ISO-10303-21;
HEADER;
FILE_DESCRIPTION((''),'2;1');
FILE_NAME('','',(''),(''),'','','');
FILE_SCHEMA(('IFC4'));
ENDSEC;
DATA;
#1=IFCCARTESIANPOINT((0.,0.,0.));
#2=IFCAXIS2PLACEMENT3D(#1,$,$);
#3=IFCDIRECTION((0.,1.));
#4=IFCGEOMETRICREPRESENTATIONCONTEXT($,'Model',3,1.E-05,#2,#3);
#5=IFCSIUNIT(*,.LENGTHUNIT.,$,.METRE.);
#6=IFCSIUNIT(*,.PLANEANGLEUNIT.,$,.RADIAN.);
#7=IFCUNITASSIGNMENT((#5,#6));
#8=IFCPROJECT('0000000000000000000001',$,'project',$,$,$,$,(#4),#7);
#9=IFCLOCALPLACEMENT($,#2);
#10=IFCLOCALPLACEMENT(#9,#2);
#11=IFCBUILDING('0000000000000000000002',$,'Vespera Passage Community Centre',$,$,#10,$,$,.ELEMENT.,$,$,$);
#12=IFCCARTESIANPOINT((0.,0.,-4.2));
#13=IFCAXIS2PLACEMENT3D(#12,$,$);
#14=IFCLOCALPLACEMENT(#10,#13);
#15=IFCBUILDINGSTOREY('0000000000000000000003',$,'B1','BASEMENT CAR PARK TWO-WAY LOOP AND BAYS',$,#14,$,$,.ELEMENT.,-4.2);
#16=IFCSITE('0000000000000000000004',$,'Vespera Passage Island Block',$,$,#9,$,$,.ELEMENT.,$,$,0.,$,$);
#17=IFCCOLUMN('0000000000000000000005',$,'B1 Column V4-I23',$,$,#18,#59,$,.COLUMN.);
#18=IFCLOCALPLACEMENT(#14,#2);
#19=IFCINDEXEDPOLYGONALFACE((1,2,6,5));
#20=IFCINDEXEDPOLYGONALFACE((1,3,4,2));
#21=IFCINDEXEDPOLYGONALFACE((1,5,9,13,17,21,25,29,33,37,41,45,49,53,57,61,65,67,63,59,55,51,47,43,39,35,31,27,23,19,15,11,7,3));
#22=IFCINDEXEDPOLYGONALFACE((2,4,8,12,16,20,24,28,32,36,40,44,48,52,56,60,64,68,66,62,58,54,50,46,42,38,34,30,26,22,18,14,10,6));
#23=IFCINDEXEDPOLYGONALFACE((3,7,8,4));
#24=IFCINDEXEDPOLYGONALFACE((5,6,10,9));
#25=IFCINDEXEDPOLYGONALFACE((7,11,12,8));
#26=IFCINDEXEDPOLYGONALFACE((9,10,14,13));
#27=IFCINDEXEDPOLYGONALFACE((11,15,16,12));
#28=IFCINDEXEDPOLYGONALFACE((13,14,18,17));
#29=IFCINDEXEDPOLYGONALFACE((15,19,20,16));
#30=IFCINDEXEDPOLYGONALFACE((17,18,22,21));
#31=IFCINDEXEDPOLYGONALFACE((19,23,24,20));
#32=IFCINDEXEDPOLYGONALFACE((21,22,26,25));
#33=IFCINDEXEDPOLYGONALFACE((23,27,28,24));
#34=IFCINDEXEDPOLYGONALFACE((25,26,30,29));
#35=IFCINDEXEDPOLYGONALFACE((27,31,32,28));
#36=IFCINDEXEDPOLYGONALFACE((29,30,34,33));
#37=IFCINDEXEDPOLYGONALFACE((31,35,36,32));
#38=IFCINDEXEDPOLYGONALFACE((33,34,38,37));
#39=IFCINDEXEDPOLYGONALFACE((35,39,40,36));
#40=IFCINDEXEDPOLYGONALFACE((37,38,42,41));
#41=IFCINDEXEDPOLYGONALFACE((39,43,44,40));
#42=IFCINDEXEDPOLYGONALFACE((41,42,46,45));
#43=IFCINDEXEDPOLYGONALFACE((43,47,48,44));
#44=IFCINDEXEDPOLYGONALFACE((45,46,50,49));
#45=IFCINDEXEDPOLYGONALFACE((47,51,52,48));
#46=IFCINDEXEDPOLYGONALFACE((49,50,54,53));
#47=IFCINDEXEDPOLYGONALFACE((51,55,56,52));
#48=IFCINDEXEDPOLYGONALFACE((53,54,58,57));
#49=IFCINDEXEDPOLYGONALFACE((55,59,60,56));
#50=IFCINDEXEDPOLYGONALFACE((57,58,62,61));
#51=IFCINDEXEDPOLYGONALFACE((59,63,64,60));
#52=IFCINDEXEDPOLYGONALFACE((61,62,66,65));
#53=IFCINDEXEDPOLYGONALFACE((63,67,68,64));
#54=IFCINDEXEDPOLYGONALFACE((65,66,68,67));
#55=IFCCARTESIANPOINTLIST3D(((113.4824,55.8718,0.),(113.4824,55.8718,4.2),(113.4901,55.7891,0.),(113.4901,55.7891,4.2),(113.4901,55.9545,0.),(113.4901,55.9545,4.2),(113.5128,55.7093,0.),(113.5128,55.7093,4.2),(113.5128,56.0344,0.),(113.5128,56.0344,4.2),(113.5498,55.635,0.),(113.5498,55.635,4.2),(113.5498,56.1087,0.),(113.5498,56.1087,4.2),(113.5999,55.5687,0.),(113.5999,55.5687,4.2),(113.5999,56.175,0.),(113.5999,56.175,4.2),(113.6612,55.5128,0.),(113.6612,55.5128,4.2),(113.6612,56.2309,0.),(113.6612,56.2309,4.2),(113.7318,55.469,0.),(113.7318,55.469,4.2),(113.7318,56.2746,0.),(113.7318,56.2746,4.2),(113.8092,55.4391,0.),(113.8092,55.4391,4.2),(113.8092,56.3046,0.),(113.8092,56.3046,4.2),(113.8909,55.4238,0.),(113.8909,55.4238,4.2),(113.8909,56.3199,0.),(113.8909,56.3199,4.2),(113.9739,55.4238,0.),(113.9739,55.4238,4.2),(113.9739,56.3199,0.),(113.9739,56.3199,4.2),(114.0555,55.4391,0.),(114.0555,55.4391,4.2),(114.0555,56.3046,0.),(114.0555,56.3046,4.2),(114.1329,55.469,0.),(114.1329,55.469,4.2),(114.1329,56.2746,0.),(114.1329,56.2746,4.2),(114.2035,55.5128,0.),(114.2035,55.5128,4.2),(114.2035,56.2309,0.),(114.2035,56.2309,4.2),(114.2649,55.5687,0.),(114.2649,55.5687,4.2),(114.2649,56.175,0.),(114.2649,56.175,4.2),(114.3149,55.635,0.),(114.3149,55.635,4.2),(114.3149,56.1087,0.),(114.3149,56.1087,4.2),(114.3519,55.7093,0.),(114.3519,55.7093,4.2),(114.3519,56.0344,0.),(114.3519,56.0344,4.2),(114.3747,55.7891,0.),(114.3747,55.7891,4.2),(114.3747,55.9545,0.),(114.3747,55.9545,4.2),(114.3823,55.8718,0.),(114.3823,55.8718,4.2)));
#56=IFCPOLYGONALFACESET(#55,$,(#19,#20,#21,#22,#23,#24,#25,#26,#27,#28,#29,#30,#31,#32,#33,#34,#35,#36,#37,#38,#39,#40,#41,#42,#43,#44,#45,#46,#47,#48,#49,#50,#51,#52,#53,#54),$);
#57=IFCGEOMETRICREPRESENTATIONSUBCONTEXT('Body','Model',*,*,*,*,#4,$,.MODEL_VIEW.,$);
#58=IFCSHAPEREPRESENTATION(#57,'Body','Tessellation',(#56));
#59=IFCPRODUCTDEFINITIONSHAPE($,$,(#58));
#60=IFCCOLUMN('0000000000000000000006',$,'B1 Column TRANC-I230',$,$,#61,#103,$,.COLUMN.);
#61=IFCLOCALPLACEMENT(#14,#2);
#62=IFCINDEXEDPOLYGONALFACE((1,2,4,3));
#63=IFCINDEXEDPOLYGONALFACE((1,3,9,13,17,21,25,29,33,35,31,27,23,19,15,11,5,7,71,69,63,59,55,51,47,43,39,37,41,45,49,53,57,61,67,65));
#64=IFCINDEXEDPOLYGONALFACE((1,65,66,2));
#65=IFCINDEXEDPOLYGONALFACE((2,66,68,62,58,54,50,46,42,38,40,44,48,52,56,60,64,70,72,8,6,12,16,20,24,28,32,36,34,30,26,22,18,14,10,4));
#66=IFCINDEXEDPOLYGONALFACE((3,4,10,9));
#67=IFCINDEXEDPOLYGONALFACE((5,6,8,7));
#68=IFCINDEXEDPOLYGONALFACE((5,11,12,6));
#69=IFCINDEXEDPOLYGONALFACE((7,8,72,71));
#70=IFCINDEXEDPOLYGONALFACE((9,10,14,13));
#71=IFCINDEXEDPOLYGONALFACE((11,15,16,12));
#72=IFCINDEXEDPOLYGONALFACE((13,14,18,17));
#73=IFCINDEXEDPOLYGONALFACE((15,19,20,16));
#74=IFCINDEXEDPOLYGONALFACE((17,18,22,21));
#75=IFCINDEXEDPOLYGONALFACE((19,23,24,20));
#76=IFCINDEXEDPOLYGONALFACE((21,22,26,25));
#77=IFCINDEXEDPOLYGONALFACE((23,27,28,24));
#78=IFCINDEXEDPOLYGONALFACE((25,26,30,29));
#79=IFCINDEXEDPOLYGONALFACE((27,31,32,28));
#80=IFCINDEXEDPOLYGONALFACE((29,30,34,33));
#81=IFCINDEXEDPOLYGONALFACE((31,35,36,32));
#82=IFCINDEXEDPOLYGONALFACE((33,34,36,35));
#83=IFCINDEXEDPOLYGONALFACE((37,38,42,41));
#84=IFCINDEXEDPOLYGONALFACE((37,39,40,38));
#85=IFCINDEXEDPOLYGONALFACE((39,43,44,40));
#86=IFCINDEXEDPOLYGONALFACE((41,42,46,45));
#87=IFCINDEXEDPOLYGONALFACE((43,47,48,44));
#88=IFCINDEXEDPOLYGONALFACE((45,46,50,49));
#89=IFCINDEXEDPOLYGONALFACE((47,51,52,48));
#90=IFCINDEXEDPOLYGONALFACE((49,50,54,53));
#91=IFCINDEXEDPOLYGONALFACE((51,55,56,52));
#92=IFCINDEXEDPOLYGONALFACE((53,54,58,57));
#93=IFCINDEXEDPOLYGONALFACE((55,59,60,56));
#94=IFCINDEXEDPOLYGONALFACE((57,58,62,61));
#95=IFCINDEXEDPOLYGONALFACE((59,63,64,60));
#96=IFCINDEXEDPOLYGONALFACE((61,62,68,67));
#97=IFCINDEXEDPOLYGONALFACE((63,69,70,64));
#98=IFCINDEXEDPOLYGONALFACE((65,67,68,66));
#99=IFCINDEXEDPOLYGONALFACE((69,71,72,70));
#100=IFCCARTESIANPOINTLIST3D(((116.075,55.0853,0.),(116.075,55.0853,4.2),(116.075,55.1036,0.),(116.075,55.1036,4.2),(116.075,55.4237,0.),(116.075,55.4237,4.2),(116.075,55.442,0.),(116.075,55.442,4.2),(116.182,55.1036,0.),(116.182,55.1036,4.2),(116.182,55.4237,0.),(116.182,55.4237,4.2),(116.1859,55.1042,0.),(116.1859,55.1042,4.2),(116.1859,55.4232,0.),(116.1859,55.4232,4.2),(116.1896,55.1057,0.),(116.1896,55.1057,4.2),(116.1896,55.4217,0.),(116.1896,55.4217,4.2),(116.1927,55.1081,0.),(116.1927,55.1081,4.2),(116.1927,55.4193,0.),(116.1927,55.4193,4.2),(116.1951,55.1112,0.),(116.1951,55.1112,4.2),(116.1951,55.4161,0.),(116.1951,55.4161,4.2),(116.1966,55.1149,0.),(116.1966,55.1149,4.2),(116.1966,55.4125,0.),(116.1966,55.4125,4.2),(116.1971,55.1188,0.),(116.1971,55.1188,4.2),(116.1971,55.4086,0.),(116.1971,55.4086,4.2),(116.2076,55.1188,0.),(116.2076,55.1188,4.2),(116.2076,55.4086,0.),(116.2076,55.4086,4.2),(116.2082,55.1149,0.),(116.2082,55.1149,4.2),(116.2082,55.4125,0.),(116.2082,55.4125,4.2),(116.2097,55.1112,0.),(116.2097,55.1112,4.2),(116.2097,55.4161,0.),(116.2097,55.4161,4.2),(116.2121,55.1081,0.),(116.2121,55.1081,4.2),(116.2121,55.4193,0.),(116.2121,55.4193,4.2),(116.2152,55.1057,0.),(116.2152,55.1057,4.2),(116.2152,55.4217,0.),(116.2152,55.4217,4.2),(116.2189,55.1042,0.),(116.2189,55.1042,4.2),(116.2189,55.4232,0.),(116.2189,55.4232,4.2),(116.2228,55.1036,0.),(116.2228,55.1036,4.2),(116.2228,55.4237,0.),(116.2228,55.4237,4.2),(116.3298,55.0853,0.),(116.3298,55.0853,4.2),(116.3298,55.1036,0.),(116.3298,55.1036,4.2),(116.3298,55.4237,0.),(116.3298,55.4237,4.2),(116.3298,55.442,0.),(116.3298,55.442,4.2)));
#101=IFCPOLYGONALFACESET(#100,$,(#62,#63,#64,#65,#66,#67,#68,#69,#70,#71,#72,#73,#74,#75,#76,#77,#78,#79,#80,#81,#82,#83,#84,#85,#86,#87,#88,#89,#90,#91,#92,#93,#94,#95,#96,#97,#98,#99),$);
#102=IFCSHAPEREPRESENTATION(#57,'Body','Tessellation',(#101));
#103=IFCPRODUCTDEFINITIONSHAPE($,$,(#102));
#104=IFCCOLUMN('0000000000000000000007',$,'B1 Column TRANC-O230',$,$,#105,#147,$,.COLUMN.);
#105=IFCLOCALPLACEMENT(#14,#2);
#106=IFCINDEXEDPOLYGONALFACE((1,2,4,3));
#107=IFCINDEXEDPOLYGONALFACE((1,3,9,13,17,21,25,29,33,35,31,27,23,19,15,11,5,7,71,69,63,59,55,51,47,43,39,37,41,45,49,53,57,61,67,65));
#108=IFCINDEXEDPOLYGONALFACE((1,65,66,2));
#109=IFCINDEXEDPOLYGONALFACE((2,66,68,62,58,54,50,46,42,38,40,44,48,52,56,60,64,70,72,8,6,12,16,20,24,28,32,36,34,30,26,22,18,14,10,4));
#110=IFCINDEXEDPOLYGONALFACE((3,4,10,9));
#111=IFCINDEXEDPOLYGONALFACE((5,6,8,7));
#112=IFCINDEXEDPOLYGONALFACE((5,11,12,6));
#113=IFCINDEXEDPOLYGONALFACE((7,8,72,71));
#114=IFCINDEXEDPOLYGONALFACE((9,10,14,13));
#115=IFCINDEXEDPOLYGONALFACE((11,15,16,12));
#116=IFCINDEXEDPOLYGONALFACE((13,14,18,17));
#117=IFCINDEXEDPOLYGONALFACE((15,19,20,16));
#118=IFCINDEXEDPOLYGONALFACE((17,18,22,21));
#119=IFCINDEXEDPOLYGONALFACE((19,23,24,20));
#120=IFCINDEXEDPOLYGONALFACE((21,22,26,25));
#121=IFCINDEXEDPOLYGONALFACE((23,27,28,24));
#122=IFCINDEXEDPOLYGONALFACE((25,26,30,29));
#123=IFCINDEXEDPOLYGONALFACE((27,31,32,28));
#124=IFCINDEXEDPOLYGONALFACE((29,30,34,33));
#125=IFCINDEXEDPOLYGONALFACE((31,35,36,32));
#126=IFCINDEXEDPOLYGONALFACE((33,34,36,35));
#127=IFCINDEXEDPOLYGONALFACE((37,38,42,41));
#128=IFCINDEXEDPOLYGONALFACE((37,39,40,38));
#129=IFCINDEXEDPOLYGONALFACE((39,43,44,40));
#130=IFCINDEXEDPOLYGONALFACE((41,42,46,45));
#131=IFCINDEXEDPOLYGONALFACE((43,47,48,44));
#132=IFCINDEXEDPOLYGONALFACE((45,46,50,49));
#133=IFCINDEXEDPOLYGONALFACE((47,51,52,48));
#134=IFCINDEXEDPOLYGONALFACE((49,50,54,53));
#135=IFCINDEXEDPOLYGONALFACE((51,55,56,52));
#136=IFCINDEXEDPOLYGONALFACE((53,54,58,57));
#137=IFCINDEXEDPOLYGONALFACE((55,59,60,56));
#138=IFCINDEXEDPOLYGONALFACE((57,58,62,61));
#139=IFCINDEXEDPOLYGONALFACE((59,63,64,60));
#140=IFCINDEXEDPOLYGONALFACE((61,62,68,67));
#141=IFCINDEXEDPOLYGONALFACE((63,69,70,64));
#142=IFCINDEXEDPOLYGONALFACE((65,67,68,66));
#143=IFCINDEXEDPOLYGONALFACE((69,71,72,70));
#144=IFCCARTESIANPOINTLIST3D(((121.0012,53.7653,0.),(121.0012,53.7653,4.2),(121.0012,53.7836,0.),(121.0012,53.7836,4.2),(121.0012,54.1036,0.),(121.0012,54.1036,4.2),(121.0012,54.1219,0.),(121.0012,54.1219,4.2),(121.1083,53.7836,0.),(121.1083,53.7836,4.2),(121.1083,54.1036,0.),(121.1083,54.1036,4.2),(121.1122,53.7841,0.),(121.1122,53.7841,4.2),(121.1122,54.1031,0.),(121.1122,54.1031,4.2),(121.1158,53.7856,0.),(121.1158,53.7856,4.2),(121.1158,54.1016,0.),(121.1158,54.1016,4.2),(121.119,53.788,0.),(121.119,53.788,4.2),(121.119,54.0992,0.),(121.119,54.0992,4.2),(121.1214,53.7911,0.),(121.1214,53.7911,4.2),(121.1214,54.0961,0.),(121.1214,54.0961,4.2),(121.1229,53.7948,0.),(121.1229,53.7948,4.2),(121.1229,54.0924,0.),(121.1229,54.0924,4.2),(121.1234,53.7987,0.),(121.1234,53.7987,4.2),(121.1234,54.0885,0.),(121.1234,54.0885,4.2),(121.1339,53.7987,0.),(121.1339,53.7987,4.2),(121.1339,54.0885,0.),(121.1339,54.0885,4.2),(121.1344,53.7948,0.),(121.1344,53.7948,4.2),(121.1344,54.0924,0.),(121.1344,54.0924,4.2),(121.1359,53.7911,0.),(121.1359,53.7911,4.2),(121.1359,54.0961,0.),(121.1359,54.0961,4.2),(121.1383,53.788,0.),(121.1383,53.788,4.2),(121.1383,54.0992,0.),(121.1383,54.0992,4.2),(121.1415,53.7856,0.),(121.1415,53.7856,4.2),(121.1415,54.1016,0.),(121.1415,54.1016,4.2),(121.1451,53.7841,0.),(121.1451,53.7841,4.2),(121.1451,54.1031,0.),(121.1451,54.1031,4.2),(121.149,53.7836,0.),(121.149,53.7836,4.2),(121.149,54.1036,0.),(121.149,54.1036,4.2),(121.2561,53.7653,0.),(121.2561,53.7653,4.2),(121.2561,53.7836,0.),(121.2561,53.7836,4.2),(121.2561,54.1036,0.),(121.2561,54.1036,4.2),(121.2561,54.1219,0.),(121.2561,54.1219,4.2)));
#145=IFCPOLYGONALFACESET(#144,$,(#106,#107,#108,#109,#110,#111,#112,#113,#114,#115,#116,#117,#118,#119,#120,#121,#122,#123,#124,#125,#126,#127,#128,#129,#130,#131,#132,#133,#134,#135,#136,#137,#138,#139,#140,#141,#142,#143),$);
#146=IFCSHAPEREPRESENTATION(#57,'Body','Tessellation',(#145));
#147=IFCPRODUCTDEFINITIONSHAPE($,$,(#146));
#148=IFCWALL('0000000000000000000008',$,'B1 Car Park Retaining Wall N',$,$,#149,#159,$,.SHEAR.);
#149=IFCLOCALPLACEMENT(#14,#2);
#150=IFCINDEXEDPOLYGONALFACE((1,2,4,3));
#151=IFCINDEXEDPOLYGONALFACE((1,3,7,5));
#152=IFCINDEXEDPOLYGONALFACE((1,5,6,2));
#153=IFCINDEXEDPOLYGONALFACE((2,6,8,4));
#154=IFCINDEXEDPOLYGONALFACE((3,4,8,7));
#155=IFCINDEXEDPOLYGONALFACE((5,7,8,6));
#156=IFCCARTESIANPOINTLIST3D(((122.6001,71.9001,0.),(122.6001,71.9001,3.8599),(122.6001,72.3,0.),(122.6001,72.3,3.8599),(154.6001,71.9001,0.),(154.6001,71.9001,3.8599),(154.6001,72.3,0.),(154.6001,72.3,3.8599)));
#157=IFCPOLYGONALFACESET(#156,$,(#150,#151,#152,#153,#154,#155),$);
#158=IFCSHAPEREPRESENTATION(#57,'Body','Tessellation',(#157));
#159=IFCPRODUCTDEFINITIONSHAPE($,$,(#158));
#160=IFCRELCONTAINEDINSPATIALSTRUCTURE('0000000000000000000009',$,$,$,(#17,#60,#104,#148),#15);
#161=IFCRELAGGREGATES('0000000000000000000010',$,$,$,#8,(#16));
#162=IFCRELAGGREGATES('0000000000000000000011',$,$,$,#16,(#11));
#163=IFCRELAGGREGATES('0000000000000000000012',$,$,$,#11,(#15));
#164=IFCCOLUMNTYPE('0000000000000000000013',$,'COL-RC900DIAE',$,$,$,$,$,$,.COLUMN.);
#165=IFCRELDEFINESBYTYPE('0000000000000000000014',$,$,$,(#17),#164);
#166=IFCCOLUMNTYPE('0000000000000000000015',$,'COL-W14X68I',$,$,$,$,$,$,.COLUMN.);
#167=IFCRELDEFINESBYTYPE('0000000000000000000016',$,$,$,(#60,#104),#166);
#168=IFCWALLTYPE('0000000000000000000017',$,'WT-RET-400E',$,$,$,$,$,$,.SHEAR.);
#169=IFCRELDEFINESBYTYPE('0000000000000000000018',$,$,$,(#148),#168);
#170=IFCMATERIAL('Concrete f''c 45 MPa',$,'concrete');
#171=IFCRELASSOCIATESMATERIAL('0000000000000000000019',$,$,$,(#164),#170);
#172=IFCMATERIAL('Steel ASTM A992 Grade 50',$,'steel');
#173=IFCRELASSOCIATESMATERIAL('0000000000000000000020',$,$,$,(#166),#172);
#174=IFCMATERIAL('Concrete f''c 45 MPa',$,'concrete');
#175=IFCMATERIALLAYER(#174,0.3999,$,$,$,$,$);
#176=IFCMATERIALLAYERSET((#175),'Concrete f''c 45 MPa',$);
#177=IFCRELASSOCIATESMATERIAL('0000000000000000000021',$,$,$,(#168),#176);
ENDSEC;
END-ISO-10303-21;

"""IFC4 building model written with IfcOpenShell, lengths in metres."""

from ifc_helpers import new_model, si_unit, direction, frame, frame_2d, origin, origin_2d, place, context, subcontext, project, spatial, rectangle, circle, i_section, extrude, material, layer, layer_set, material_profile, profile_set, type_object, element, save


model = new_model("IFC4")

# Units and contexts
model_context = context("Model", 3, precision=1e-05, world=origin(), true_north=direction((0.0, 1.0)))
body_context = subcontext(model_context, "Body", "Model", "MODEL_VIEW")
ifc_project = project(units=[si_unit("LENGTHUNIT", "METRE"), si_unit("PLANEANGLEUNIT", "RADIAN")], contexts=[model_context])

# Site, building, storey
site_placement = place(None, origin())
site = spatial("IfcSite", under=ifc_project, at=site_placement, Name="Vespera Passage Island Block", CompositionType="ELEMENT", RefElevation=0.0)
building_placement = place(site_placement, origin())
building = spatial("IfcBuilding", under=site, at=building_placement, Name="Vespera Passage Community Centre", CompositionType="ELEMENT")
storey_placement = place(building_placement, frame((0.0, 0.0, -4.2)))
storey = spatial("IfcBuildingStorey", under=building, at=storey_placement, Name="B1", Description="BASEMENT CAR PARK TWO-WAY LOOP AND BAYS", CompositionType="ELEMENT", Elevation=-4.2)

# Columns
ifc_material_1 = material(Name="Concrete f'c 45 MPa", Category="concrete")
ifc_material_profile_1 = material_profile(ifc_material_1, circle(Radius=0.45, at=origin_2d()), Name="RC900DIA")
ifc_profile_set_1 = profile_set([ifc_material_profile_1], Name="Concrete f'c 45 MPa")
column_type_1 = type_object("IfcColumnType", Name="COL-RC900DIAE", PredefinedType="COLUMN", material=ifc_profile_set_1)
for number, where, z_axis, x_axis, name in (
    (1, (113.9324, 55.8718, 0.0), (0.0, 0.0, 1.0), (1.0, 0.0, 0.0), "B1 Column V4-I23"),
):
    element("IfcColumn", number, at=place(storey_placement, frame(where, z_axis=z_axis, x_axis=x_axis)), inside=storey, type_object=column_type_1, Name=name, PredefinedType="COLUMN", context=body_context, shape_type="SweptSolid", body=[
        extrude(circle(Radius=0.45, at=origin_2d()), origin(), (0.0, 0.0, 1.0), 4.2),
    ])
ifc_material_2 = material(Name="Steel ASTM A992 Grade 50", Category="steel")
ifc_material_profile_2 = material_profile(ifc_material_2, i_section(OverallWidth=0.2549, OverallDepth=0.3567, WebThickness=0.0105, FlangeThickness=0.0183, FilletRadius=0.0151, at=origin_2d()), Name="W14X68")
ifc_profile_set_2 = profile_set([ifc_material_profile_2], Name="Steel ASTM A992 Grade 50")
column_type_2 = type_object("IfcColumnType", Name="COL-W14X68I", PredefinedType="COLUMN", material=ifc_profile_set_2)
for number, where, z_axis, x_axis, name in (
    (2, (116.2024, 55.2637, 0.0), (0.0, 0.0, 1.0), (1.0, 0.0, 0.0), "B1 Column TRANC-I230"),
    (3, (121.1287, 53.9436, 0.0), (0.0, 0.0, 1.0), (1.0, 0.0, 0.0), "B1 Column TRANC-O230"),
):
    element("IfcColumn", number, at=place(storey_placement, frame(where, z_axis=z_axis, x_axis=x_axis)), inside=storey, type_object=column_type_2, Name=name, PredefinedType="COLUMN", context=body_context, shape_type="SweptSolid", body=[
        extrude(i_section(OverallWidth=0.2549, OverallDepth=0.3567, WebThickness=0.0105, FlangeThickness=0.0183, FilletRadius=0.0151, at=origin_2d()), origin(), (0.0, 0.0, 1.0), 4.2),
    ])

# Wall
ifc_material_3 = material(Name="Concrete f'c 45 MPa", Category="concrete")
ifc_layer = layer(ifc_material_3, 0.3999)
ifc_layer_set = layer_set([ifc_layer], Name="Concrete f'c 45 MPa")
wall_type = type_object("IfcWallType", Name="WT-RET-400E", PredefinedType="SHEAR", material=ifc_layer_set)
wall_placement = place(storey_placement, frame((122.6001, 72.1001, 0.0), z_axis=(0.0, 0.0, 1.0), x_axis=(1.0, 0.0, 0.0)))
element("IfcWall", 4, at=wall_placement, inside=storey, type_object=wall_type, Name="B1 Car Park Retaining Wall N", PredefinedType="SHEAR", context=body_context, shape_type="SweptSolid", body=[
    extrude(rectangle(XDim=32.0, YDim=0.3999, at=frame_2d((16.0, 0.0))), origin(), (0.0, 0.0, 1.0), 3.8599),
])

save(model, "model.ifc")
